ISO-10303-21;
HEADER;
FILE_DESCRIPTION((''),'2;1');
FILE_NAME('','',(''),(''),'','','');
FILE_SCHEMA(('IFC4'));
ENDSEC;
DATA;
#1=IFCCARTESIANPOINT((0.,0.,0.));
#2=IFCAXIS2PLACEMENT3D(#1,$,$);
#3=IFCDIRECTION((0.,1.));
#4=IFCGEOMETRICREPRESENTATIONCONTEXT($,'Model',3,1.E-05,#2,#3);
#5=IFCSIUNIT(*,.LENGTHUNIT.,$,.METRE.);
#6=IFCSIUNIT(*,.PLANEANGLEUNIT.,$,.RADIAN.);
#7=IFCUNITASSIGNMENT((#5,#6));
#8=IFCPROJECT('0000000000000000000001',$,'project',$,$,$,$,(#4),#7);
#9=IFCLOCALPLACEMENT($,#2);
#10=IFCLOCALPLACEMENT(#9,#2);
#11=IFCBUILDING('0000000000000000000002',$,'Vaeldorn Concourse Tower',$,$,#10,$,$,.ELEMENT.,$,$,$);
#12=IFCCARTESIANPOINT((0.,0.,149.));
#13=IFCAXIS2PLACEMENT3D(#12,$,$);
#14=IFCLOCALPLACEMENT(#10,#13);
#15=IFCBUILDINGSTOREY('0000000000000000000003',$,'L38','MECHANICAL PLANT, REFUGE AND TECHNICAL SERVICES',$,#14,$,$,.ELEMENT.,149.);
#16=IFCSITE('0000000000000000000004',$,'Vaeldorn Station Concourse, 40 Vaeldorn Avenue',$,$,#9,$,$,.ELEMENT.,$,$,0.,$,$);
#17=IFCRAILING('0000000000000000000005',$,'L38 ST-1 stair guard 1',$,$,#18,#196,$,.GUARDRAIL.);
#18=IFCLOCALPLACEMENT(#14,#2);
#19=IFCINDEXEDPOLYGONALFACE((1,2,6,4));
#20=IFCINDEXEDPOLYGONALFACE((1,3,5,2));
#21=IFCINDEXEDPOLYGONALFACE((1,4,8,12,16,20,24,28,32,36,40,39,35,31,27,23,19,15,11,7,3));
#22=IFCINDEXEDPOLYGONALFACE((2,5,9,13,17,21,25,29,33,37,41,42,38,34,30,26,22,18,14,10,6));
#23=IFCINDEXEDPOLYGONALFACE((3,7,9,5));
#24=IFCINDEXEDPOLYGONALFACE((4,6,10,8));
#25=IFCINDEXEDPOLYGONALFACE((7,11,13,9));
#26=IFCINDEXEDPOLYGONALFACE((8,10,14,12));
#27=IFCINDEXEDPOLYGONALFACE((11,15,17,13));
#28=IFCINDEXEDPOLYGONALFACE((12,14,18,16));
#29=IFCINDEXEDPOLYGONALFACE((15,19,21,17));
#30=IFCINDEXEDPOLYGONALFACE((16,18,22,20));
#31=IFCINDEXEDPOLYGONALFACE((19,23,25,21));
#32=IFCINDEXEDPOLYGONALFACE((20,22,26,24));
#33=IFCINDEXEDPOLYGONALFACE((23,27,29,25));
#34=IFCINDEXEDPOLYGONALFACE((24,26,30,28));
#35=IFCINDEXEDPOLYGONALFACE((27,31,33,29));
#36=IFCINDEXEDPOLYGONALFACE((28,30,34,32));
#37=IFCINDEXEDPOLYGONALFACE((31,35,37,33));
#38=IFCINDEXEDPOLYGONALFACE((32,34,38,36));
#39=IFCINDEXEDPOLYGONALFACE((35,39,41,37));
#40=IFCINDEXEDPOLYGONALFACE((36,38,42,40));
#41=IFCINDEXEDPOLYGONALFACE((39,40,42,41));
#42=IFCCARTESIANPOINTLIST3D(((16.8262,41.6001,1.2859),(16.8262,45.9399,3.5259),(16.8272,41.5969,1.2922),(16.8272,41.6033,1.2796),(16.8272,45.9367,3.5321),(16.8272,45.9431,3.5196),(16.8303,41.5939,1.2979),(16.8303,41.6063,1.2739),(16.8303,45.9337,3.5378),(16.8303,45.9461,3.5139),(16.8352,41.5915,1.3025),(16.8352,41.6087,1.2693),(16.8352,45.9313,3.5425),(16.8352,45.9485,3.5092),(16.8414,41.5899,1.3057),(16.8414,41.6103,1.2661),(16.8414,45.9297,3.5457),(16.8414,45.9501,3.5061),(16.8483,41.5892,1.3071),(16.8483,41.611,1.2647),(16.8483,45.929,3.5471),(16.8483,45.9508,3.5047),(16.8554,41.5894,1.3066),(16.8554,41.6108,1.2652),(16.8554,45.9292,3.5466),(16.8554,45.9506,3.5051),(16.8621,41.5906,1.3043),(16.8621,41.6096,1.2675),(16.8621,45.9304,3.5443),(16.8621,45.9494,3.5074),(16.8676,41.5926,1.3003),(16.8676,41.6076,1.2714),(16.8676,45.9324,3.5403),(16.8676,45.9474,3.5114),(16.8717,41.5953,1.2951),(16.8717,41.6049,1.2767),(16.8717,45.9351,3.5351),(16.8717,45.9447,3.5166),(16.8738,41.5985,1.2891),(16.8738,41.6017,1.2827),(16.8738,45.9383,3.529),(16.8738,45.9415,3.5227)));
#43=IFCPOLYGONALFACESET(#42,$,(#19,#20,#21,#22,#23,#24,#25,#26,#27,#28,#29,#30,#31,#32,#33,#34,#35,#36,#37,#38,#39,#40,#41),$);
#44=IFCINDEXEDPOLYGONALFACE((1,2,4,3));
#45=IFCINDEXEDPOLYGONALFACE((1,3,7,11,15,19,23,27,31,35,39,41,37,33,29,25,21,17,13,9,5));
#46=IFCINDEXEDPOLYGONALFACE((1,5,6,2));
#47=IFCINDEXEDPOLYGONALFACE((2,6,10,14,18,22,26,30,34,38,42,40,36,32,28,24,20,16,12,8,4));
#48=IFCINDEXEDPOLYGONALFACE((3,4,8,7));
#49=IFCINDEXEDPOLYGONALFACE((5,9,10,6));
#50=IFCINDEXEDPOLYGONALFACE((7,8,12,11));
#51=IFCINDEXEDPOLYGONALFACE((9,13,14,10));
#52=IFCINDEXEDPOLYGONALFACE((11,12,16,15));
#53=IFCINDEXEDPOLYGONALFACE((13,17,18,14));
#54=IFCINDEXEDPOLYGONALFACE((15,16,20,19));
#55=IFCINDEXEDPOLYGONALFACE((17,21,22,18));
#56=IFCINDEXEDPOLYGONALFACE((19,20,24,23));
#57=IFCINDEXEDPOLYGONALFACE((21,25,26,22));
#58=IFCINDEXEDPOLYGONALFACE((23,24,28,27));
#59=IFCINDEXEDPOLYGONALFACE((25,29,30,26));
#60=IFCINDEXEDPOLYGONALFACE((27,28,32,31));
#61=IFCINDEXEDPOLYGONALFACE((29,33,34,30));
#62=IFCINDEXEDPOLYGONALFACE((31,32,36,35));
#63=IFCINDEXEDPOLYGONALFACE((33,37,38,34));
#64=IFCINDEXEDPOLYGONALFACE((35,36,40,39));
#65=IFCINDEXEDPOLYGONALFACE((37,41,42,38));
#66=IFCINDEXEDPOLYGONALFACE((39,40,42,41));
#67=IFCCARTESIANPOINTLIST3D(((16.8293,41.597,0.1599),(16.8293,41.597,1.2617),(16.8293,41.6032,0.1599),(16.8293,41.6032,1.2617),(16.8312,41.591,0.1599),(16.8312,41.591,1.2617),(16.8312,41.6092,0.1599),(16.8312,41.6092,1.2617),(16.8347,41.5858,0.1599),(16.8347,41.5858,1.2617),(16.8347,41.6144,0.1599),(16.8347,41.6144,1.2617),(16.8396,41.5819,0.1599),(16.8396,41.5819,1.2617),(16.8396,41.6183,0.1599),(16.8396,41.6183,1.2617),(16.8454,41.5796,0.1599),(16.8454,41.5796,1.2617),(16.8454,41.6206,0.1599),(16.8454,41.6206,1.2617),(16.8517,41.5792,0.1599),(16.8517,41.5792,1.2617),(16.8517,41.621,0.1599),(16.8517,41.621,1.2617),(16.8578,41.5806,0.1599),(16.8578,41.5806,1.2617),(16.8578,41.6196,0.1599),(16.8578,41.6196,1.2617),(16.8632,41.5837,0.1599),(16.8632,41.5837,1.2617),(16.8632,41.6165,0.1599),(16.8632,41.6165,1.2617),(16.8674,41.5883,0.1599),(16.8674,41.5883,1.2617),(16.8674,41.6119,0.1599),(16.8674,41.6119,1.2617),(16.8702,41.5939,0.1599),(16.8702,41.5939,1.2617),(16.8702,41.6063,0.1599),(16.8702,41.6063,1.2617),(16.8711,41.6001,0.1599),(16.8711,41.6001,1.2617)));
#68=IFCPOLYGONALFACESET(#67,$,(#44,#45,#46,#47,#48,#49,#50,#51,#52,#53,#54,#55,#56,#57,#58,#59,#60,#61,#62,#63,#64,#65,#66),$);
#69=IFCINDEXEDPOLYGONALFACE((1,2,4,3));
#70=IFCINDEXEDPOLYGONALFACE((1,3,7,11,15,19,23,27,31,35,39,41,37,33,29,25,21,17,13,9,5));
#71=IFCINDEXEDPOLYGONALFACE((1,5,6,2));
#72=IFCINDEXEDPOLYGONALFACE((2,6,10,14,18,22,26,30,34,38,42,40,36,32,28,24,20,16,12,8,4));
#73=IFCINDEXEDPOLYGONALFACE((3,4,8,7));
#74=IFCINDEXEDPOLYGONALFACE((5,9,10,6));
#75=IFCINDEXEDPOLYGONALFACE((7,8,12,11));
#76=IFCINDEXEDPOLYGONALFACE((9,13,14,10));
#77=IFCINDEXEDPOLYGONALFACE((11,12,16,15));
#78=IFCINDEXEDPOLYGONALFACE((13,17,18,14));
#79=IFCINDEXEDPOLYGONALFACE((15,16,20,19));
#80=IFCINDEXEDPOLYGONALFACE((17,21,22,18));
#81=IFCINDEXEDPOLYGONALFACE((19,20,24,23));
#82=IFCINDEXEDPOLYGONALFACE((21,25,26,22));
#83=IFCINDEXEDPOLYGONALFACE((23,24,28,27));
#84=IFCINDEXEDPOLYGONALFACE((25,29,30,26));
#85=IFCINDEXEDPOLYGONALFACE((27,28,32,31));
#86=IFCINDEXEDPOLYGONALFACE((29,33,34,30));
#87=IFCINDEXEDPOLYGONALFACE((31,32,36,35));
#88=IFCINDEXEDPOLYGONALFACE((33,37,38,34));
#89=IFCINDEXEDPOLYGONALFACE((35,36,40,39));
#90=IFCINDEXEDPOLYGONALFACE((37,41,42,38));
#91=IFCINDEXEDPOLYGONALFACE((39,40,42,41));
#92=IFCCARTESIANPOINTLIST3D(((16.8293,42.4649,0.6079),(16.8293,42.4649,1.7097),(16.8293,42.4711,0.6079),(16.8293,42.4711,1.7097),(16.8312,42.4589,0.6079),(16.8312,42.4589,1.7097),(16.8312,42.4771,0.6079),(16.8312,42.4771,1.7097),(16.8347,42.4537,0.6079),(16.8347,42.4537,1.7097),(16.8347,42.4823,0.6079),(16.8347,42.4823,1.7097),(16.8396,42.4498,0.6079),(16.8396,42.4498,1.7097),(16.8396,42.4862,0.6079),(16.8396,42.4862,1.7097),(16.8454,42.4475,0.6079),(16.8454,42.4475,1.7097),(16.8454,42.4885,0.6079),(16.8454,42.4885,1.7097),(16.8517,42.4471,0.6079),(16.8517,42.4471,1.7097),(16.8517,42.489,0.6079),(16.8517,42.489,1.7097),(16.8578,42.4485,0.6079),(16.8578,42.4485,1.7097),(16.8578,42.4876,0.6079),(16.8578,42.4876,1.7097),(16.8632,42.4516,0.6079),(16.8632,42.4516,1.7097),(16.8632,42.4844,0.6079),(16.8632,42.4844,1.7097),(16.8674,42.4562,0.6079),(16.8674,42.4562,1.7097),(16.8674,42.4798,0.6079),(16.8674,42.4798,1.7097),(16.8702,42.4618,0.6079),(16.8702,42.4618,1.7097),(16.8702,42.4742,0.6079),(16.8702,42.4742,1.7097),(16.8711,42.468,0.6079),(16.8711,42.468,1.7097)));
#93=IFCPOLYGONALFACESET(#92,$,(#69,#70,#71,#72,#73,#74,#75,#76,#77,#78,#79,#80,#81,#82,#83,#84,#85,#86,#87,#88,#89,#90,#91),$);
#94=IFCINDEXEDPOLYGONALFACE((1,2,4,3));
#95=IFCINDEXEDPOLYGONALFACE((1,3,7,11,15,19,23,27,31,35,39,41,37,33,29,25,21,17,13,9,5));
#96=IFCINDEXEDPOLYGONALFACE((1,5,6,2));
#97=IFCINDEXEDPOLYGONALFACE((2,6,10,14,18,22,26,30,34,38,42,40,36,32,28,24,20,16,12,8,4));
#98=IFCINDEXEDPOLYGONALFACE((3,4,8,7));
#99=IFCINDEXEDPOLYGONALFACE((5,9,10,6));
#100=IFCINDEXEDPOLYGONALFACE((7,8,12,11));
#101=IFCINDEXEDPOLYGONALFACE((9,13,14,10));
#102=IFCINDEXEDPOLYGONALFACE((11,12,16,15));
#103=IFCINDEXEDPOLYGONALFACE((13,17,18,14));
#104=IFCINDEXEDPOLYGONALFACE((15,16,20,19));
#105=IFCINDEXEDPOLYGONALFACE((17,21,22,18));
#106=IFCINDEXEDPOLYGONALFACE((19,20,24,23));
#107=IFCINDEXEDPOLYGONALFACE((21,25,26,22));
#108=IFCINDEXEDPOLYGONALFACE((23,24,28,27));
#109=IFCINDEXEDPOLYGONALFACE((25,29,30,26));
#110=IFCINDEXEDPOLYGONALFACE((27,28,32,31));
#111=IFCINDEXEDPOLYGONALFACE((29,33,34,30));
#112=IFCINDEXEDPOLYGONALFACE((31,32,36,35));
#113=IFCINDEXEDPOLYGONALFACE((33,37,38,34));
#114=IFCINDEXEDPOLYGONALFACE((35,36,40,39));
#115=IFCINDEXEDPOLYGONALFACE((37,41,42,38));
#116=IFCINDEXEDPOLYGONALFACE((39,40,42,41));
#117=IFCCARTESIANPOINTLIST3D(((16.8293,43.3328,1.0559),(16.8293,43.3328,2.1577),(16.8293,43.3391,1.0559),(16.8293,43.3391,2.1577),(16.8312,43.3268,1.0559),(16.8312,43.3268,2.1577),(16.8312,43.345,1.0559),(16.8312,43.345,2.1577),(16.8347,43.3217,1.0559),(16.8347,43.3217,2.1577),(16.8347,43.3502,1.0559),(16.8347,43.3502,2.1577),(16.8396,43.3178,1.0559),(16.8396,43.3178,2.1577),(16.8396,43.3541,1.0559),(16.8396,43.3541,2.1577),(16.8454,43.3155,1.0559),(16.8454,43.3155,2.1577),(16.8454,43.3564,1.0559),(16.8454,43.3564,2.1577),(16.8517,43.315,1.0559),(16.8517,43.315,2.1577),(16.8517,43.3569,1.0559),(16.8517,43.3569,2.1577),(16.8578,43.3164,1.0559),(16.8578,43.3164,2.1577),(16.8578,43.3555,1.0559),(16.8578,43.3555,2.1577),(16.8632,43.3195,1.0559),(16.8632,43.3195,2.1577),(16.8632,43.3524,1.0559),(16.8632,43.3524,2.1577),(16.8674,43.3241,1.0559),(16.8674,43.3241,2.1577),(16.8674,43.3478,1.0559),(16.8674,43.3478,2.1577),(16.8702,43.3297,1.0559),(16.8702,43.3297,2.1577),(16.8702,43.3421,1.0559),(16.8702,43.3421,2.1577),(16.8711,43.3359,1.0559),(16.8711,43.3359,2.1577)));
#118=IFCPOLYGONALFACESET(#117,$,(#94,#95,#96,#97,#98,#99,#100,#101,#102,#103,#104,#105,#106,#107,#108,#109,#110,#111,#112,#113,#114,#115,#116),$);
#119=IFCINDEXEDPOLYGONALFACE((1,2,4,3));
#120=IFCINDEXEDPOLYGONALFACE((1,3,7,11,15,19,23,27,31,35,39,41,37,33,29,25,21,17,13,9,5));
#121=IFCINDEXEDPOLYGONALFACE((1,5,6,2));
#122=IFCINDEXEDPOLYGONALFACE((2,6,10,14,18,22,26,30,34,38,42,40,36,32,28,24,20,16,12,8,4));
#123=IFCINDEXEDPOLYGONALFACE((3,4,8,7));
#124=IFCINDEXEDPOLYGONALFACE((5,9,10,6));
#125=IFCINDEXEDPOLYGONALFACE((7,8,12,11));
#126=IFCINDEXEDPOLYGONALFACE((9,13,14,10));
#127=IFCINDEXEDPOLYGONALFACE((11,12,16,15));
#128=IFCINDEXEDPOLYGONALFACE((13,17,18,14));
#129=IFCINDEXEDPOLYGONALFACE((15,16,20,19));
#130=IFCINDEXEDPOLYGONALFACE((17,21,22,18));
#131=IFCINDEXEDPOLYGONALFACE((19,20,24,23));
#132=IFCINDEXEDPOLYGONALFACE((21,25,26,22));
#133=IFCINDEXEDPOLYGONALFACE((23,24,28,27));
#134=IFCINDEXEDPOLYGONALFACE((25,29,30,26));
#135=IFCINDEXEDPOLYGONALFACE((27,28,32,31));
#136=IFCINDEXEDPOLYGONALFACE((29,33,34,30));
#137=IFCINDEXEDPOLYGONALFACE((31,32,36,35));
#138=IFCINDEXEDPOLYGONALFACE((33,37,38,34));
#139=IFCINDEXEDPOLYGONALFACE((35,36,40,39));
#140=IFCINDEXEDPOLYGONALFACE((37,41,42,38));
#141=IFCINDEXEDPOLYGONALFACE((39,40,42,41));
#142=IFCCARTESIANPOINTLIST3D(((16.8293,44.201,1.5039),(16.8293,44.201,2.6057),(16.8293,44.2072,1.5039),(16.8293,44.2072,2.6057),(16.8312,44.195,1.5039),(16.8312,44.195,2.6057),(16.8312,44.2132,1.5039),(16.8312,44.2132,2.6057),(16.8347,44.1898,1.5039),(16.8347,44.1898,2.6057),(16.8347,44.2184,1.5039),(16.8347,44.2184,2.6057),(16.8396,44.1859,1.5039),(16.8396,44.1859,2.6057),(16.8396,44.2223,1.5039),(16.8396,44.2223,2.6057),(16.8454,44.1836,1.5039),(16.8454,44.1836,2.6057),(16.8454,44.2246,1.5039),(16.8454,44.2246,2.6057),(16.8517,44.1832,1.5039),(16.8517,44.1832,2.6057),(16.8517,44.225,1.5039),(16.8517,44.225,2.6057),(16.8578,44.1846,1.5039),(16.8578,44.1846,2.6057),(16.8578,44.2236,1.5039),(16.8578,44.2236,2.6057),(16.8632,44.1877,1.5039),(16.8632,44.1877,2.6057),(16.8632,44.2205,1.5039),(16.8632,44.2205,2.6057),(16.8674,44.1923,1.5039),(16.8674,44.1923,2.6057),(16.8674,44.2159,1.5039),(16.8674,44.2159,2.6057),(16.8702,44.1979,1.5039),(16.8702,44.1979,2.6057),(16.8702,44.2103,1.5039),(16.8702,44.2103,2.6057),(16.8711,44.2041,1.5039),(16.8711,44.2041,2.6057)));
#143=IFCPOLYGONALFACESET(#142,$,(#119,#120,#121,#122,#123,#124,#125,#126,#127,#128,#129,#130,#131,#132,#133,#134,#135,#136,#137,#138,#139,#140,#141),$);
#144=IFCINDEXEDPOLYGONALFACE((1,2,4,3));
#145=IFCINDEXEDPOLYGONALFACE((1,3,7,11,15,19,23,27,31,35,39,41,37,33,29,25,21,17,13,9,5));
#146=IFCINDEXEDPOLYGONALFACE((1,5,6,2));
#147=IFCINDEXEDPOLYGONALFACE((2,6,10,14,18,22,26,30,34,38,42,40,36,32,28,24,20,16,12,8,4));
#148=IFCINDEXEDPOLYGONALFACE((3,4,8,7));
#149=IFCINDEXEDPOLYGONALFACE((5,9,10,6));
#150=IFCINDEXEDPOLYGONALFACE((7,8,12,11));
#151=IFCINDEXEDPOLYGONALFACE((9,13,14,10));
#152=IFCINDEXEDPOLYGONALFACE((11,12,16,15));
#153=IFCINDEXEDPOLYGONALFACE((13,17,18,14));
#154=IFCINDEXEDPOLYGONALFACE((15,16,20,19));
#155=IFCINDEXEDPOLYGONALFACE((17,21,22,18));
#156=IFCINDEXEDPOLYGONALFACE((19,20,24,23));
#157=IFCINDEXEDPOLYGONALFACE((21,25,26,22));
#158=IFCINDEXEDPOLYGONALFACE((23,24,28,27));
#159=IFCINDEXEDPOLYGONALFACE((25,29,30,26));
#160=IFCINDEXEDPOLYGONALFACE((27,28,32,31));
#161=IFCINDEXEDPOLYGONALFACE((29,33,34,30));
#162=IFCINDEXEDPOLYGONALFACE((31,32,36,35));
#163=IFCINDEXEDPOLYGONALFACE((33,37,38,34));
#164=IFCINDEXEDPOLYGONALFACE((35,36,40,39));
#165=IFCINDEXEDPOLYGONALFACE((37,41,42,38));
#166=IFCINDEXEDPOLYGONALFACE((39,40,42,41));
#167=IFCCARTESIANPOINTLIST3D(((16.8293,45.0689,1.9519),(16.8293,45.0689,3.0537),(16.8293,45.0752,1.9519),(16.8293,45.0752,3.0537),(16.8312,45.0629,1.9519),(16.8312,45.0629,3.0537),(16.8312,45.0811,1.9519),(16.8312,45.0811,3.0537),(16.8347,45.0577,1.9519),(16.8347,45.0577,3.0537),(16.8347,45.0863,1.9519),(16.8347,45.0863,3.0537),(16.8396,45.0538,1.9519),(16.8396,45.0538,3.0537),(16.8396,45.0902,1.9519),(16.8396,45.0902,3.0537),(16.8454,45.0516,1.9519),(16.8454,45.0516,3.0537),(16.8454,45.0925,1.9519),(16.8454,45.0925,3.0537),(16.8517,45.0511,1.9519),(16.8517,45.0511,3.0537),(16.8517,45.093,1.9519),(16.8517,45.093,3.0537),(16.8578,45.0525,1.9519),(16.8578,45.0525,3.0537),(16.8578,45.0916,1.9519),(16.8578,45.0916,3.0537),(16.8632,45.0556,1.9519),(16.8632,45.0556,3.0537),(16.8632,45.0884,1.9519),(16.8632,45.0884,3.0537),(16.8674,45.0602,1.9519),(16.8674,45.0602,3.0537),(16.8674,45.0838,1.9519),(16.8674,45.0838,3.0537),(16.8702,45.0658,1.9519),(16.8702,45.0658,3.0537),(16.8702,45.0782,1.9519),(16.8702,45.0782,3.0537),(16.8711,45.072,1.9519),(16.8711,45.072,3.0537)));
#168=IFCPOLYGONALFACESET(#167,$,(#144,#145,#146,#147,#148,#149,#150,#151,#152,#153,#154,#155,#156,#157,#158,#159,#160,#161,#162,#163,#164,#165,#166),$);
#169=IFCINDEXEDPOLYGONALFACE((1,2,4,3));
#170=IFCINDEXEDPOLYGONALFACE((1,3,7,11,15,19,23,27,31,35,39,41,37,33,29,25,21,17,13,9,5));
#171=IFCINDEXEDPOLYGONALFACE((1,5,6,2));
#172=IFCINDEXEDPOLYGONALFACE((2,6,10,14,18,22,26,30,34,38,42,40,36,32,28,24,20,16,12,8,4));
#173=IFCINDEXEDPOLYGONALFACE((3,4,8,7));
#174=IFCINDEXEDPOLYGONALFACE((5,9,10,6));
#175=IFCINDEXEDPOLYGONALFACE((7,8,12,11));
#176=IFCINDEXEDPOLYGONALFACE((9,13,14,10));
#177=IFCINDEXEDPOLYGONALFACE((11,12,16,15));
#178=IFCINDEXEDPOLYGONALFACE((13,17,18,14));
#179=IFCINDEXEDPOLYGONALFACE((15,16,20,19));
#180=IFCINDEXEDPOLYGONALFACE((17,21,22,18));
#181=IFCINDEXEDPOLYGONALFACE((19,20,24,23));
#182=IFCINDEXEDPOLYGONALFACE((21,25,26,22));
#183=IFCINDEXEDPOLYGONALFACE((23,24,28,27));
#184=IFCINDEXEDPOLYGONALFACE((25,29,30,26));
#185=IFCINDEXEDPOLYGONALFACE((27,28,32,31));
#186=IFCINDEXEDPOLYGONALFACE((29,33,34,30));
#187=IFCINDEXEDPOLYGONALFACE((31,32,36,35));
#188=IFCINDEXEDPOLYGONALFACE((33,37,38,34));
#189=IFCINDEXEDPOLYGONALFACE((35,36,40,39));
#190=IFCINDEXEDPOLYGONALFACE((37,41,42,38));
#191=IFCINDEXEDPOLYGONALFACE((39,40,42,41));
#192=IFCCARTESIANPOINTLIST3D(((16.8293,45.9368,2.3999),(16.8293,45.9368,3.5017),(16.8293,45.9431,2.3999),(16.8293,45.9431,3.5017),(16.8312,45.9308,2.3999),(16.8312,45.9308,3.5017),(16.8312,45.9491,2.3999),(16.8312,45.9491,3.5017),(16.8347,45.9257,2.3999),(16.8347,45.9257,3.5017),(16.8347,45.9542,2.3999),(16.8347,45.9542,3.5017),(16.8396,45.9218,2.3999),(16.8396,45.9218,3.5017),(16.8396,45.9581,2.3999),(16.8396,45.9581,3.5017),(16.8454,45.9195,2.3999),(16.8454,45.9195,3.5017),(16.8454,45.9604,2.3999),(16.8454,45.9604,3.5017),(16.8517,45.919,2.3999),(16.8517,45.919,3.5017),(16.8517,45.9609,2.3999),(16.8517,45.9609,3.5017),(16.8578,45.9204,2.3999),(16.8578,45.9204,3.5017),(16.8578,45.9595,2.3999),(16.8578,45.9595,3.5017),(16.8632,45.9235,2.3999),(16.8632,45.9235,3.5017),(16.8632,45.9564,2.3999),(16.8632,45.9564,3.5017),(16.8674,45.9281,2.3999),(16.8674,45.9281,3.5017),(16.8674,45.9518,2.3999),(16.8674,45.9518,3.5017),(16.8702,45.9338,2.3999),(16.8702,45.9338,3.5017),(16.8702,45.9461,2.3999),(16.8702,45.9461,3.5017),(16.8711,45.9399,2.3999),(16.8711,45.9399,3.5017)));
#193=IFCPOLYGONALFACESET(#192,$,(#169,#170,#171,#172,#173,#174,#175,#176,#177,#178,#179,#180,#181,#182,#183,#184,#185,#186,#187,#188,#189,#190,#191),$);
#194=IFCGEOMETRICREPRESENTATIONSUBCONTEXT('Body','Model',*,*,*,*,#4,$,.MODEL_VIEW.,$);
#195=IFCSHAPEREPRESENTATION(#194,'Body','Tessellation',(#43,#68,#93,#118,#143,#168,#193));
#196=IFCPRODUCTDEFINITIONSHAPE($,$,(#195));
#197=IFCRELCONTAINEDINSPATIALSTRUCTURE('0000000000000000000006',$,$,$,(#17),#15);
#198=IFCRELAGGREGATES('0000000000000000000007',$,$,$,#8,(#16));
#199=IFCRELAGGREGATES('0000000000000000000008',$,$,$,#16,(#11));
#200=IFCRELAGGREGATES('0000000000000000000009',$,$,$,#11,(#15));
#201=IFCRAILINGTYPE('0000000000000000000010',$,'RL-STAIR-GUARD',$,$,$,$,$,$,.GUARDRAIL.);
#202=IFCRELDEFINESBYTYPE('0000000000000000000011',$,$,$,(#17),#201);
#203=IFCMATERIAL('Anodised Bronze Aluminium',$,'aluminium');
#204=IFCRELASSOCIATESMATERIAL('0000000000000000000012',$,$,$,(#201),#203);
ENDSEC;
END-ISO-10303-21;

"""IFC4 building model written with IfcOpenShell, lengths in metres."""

from ifc_helpers import new_model, si_unit, direction, frame, origin, origin_2d, place, context, subcontext, project, spatial, circle, extrude, material, type_object, element, save


model = new_model("IFC4")

# Units and contexts
model_context = context("Model", 3, precision=1e-05, world=origin(), true_north=direction((0.0, 1.0)))
body_context = subcontext(model_context, "Body", "Model", "MODEL_VIEW")
ifc_project = project(units=[si_unit("LENGTHUNIT", "METRE"), si_unit("PLANEANGLEUNIT", "RADIAN")], contexts=[model_context])

# Site, building, storey
site_placement = place(None, origin())
site = spatial("IfcSite", under=ifc_project, at=site_placement, Name="Vaeldorn Station Concourse, 40 Vaeldorn Avenue", CompositionType="ELEMENT", RefElevation=0.0)
building_placement = place(site_placement, origin())
building = spatial("IfcBuilding", under=site, at=building_placement, Name="Vaeldorn Concourse Tower", CompositionType="ELEMENT")
storey_placement = place(building_placement, frame((0.0, 0.0, 149.0)))
storey = spatial("IfcBuildingStorey", under=building, at=storey_placement, Name="L38", Description="MECHANICAL PLANT, REFUGE AND TECHNICAL SERVICES", CompositionType="ELEMENT", Elevation=149.0)

# Railing
ifc_material_1 = material(Name="Anodised Bronze Aluminium", Category="aluminium")
railing_type_1 = type_object("IfcRailingType", Name="RL-STAIR-GUARD", PredefinedType="GUARDRAIL", material=ifc_material_1)
railing_1_placement = place(storey_placement, frame((16.8501, 41.6001, 0.1599)))
element("IfcRailing", 1, at=railing_1_placement, inside=storey, type_object=railing_type_1, Name="L38 ST-1 stair guard 1", PredefinedType="GUARDRAIL", context=body_context, shape_type="SweptSolid", body=[
    extrude(circle(Radius=0.0239, at=origin_2d()), frame((0.0, 0.0, 1.126), z_axis=(0.0, 0.888615, 0.458654), x_axis=(-1.0, 0.0, 0.0)), (0.0, 0.0, 1.0), 4.8838),
    extrude(circle(Radius=0.021, at=origin_2d()), origin(), (0.0, 0.0, 1.0), 1.1018),
    extrude(circle(Radius=0.021, at=origin_2d()), frame((0.0, 0.8679, 0.448)), (0.0, 0.0, 1.0), 1.1018),
    extrude(circle(Radius=0.021, at=origin_2d()), frame((0.0, 1.7358, 0.896)), (0.0, 0.0, 1.0), 1.1018),
    extrude(circle(Radius=0.021, at=origin_2d()), frame((0.0, 2.604, 1.344)), (0.0, 0.0, 1.0), 1.1018),
    extrude(circle(Radius=0.021, at=origin_2d()), frame((0.0, 3.4719, 1.792)), (0.0, 0.0, 1.0), 1.1018),
    extrude(circle(Radius=0.021, at=origin_2d()), frame((0.0, 4.3398, 2.24)), (0.0, 0.0, 1.0), 1.1018),
])

save(model, "model.ifc")
